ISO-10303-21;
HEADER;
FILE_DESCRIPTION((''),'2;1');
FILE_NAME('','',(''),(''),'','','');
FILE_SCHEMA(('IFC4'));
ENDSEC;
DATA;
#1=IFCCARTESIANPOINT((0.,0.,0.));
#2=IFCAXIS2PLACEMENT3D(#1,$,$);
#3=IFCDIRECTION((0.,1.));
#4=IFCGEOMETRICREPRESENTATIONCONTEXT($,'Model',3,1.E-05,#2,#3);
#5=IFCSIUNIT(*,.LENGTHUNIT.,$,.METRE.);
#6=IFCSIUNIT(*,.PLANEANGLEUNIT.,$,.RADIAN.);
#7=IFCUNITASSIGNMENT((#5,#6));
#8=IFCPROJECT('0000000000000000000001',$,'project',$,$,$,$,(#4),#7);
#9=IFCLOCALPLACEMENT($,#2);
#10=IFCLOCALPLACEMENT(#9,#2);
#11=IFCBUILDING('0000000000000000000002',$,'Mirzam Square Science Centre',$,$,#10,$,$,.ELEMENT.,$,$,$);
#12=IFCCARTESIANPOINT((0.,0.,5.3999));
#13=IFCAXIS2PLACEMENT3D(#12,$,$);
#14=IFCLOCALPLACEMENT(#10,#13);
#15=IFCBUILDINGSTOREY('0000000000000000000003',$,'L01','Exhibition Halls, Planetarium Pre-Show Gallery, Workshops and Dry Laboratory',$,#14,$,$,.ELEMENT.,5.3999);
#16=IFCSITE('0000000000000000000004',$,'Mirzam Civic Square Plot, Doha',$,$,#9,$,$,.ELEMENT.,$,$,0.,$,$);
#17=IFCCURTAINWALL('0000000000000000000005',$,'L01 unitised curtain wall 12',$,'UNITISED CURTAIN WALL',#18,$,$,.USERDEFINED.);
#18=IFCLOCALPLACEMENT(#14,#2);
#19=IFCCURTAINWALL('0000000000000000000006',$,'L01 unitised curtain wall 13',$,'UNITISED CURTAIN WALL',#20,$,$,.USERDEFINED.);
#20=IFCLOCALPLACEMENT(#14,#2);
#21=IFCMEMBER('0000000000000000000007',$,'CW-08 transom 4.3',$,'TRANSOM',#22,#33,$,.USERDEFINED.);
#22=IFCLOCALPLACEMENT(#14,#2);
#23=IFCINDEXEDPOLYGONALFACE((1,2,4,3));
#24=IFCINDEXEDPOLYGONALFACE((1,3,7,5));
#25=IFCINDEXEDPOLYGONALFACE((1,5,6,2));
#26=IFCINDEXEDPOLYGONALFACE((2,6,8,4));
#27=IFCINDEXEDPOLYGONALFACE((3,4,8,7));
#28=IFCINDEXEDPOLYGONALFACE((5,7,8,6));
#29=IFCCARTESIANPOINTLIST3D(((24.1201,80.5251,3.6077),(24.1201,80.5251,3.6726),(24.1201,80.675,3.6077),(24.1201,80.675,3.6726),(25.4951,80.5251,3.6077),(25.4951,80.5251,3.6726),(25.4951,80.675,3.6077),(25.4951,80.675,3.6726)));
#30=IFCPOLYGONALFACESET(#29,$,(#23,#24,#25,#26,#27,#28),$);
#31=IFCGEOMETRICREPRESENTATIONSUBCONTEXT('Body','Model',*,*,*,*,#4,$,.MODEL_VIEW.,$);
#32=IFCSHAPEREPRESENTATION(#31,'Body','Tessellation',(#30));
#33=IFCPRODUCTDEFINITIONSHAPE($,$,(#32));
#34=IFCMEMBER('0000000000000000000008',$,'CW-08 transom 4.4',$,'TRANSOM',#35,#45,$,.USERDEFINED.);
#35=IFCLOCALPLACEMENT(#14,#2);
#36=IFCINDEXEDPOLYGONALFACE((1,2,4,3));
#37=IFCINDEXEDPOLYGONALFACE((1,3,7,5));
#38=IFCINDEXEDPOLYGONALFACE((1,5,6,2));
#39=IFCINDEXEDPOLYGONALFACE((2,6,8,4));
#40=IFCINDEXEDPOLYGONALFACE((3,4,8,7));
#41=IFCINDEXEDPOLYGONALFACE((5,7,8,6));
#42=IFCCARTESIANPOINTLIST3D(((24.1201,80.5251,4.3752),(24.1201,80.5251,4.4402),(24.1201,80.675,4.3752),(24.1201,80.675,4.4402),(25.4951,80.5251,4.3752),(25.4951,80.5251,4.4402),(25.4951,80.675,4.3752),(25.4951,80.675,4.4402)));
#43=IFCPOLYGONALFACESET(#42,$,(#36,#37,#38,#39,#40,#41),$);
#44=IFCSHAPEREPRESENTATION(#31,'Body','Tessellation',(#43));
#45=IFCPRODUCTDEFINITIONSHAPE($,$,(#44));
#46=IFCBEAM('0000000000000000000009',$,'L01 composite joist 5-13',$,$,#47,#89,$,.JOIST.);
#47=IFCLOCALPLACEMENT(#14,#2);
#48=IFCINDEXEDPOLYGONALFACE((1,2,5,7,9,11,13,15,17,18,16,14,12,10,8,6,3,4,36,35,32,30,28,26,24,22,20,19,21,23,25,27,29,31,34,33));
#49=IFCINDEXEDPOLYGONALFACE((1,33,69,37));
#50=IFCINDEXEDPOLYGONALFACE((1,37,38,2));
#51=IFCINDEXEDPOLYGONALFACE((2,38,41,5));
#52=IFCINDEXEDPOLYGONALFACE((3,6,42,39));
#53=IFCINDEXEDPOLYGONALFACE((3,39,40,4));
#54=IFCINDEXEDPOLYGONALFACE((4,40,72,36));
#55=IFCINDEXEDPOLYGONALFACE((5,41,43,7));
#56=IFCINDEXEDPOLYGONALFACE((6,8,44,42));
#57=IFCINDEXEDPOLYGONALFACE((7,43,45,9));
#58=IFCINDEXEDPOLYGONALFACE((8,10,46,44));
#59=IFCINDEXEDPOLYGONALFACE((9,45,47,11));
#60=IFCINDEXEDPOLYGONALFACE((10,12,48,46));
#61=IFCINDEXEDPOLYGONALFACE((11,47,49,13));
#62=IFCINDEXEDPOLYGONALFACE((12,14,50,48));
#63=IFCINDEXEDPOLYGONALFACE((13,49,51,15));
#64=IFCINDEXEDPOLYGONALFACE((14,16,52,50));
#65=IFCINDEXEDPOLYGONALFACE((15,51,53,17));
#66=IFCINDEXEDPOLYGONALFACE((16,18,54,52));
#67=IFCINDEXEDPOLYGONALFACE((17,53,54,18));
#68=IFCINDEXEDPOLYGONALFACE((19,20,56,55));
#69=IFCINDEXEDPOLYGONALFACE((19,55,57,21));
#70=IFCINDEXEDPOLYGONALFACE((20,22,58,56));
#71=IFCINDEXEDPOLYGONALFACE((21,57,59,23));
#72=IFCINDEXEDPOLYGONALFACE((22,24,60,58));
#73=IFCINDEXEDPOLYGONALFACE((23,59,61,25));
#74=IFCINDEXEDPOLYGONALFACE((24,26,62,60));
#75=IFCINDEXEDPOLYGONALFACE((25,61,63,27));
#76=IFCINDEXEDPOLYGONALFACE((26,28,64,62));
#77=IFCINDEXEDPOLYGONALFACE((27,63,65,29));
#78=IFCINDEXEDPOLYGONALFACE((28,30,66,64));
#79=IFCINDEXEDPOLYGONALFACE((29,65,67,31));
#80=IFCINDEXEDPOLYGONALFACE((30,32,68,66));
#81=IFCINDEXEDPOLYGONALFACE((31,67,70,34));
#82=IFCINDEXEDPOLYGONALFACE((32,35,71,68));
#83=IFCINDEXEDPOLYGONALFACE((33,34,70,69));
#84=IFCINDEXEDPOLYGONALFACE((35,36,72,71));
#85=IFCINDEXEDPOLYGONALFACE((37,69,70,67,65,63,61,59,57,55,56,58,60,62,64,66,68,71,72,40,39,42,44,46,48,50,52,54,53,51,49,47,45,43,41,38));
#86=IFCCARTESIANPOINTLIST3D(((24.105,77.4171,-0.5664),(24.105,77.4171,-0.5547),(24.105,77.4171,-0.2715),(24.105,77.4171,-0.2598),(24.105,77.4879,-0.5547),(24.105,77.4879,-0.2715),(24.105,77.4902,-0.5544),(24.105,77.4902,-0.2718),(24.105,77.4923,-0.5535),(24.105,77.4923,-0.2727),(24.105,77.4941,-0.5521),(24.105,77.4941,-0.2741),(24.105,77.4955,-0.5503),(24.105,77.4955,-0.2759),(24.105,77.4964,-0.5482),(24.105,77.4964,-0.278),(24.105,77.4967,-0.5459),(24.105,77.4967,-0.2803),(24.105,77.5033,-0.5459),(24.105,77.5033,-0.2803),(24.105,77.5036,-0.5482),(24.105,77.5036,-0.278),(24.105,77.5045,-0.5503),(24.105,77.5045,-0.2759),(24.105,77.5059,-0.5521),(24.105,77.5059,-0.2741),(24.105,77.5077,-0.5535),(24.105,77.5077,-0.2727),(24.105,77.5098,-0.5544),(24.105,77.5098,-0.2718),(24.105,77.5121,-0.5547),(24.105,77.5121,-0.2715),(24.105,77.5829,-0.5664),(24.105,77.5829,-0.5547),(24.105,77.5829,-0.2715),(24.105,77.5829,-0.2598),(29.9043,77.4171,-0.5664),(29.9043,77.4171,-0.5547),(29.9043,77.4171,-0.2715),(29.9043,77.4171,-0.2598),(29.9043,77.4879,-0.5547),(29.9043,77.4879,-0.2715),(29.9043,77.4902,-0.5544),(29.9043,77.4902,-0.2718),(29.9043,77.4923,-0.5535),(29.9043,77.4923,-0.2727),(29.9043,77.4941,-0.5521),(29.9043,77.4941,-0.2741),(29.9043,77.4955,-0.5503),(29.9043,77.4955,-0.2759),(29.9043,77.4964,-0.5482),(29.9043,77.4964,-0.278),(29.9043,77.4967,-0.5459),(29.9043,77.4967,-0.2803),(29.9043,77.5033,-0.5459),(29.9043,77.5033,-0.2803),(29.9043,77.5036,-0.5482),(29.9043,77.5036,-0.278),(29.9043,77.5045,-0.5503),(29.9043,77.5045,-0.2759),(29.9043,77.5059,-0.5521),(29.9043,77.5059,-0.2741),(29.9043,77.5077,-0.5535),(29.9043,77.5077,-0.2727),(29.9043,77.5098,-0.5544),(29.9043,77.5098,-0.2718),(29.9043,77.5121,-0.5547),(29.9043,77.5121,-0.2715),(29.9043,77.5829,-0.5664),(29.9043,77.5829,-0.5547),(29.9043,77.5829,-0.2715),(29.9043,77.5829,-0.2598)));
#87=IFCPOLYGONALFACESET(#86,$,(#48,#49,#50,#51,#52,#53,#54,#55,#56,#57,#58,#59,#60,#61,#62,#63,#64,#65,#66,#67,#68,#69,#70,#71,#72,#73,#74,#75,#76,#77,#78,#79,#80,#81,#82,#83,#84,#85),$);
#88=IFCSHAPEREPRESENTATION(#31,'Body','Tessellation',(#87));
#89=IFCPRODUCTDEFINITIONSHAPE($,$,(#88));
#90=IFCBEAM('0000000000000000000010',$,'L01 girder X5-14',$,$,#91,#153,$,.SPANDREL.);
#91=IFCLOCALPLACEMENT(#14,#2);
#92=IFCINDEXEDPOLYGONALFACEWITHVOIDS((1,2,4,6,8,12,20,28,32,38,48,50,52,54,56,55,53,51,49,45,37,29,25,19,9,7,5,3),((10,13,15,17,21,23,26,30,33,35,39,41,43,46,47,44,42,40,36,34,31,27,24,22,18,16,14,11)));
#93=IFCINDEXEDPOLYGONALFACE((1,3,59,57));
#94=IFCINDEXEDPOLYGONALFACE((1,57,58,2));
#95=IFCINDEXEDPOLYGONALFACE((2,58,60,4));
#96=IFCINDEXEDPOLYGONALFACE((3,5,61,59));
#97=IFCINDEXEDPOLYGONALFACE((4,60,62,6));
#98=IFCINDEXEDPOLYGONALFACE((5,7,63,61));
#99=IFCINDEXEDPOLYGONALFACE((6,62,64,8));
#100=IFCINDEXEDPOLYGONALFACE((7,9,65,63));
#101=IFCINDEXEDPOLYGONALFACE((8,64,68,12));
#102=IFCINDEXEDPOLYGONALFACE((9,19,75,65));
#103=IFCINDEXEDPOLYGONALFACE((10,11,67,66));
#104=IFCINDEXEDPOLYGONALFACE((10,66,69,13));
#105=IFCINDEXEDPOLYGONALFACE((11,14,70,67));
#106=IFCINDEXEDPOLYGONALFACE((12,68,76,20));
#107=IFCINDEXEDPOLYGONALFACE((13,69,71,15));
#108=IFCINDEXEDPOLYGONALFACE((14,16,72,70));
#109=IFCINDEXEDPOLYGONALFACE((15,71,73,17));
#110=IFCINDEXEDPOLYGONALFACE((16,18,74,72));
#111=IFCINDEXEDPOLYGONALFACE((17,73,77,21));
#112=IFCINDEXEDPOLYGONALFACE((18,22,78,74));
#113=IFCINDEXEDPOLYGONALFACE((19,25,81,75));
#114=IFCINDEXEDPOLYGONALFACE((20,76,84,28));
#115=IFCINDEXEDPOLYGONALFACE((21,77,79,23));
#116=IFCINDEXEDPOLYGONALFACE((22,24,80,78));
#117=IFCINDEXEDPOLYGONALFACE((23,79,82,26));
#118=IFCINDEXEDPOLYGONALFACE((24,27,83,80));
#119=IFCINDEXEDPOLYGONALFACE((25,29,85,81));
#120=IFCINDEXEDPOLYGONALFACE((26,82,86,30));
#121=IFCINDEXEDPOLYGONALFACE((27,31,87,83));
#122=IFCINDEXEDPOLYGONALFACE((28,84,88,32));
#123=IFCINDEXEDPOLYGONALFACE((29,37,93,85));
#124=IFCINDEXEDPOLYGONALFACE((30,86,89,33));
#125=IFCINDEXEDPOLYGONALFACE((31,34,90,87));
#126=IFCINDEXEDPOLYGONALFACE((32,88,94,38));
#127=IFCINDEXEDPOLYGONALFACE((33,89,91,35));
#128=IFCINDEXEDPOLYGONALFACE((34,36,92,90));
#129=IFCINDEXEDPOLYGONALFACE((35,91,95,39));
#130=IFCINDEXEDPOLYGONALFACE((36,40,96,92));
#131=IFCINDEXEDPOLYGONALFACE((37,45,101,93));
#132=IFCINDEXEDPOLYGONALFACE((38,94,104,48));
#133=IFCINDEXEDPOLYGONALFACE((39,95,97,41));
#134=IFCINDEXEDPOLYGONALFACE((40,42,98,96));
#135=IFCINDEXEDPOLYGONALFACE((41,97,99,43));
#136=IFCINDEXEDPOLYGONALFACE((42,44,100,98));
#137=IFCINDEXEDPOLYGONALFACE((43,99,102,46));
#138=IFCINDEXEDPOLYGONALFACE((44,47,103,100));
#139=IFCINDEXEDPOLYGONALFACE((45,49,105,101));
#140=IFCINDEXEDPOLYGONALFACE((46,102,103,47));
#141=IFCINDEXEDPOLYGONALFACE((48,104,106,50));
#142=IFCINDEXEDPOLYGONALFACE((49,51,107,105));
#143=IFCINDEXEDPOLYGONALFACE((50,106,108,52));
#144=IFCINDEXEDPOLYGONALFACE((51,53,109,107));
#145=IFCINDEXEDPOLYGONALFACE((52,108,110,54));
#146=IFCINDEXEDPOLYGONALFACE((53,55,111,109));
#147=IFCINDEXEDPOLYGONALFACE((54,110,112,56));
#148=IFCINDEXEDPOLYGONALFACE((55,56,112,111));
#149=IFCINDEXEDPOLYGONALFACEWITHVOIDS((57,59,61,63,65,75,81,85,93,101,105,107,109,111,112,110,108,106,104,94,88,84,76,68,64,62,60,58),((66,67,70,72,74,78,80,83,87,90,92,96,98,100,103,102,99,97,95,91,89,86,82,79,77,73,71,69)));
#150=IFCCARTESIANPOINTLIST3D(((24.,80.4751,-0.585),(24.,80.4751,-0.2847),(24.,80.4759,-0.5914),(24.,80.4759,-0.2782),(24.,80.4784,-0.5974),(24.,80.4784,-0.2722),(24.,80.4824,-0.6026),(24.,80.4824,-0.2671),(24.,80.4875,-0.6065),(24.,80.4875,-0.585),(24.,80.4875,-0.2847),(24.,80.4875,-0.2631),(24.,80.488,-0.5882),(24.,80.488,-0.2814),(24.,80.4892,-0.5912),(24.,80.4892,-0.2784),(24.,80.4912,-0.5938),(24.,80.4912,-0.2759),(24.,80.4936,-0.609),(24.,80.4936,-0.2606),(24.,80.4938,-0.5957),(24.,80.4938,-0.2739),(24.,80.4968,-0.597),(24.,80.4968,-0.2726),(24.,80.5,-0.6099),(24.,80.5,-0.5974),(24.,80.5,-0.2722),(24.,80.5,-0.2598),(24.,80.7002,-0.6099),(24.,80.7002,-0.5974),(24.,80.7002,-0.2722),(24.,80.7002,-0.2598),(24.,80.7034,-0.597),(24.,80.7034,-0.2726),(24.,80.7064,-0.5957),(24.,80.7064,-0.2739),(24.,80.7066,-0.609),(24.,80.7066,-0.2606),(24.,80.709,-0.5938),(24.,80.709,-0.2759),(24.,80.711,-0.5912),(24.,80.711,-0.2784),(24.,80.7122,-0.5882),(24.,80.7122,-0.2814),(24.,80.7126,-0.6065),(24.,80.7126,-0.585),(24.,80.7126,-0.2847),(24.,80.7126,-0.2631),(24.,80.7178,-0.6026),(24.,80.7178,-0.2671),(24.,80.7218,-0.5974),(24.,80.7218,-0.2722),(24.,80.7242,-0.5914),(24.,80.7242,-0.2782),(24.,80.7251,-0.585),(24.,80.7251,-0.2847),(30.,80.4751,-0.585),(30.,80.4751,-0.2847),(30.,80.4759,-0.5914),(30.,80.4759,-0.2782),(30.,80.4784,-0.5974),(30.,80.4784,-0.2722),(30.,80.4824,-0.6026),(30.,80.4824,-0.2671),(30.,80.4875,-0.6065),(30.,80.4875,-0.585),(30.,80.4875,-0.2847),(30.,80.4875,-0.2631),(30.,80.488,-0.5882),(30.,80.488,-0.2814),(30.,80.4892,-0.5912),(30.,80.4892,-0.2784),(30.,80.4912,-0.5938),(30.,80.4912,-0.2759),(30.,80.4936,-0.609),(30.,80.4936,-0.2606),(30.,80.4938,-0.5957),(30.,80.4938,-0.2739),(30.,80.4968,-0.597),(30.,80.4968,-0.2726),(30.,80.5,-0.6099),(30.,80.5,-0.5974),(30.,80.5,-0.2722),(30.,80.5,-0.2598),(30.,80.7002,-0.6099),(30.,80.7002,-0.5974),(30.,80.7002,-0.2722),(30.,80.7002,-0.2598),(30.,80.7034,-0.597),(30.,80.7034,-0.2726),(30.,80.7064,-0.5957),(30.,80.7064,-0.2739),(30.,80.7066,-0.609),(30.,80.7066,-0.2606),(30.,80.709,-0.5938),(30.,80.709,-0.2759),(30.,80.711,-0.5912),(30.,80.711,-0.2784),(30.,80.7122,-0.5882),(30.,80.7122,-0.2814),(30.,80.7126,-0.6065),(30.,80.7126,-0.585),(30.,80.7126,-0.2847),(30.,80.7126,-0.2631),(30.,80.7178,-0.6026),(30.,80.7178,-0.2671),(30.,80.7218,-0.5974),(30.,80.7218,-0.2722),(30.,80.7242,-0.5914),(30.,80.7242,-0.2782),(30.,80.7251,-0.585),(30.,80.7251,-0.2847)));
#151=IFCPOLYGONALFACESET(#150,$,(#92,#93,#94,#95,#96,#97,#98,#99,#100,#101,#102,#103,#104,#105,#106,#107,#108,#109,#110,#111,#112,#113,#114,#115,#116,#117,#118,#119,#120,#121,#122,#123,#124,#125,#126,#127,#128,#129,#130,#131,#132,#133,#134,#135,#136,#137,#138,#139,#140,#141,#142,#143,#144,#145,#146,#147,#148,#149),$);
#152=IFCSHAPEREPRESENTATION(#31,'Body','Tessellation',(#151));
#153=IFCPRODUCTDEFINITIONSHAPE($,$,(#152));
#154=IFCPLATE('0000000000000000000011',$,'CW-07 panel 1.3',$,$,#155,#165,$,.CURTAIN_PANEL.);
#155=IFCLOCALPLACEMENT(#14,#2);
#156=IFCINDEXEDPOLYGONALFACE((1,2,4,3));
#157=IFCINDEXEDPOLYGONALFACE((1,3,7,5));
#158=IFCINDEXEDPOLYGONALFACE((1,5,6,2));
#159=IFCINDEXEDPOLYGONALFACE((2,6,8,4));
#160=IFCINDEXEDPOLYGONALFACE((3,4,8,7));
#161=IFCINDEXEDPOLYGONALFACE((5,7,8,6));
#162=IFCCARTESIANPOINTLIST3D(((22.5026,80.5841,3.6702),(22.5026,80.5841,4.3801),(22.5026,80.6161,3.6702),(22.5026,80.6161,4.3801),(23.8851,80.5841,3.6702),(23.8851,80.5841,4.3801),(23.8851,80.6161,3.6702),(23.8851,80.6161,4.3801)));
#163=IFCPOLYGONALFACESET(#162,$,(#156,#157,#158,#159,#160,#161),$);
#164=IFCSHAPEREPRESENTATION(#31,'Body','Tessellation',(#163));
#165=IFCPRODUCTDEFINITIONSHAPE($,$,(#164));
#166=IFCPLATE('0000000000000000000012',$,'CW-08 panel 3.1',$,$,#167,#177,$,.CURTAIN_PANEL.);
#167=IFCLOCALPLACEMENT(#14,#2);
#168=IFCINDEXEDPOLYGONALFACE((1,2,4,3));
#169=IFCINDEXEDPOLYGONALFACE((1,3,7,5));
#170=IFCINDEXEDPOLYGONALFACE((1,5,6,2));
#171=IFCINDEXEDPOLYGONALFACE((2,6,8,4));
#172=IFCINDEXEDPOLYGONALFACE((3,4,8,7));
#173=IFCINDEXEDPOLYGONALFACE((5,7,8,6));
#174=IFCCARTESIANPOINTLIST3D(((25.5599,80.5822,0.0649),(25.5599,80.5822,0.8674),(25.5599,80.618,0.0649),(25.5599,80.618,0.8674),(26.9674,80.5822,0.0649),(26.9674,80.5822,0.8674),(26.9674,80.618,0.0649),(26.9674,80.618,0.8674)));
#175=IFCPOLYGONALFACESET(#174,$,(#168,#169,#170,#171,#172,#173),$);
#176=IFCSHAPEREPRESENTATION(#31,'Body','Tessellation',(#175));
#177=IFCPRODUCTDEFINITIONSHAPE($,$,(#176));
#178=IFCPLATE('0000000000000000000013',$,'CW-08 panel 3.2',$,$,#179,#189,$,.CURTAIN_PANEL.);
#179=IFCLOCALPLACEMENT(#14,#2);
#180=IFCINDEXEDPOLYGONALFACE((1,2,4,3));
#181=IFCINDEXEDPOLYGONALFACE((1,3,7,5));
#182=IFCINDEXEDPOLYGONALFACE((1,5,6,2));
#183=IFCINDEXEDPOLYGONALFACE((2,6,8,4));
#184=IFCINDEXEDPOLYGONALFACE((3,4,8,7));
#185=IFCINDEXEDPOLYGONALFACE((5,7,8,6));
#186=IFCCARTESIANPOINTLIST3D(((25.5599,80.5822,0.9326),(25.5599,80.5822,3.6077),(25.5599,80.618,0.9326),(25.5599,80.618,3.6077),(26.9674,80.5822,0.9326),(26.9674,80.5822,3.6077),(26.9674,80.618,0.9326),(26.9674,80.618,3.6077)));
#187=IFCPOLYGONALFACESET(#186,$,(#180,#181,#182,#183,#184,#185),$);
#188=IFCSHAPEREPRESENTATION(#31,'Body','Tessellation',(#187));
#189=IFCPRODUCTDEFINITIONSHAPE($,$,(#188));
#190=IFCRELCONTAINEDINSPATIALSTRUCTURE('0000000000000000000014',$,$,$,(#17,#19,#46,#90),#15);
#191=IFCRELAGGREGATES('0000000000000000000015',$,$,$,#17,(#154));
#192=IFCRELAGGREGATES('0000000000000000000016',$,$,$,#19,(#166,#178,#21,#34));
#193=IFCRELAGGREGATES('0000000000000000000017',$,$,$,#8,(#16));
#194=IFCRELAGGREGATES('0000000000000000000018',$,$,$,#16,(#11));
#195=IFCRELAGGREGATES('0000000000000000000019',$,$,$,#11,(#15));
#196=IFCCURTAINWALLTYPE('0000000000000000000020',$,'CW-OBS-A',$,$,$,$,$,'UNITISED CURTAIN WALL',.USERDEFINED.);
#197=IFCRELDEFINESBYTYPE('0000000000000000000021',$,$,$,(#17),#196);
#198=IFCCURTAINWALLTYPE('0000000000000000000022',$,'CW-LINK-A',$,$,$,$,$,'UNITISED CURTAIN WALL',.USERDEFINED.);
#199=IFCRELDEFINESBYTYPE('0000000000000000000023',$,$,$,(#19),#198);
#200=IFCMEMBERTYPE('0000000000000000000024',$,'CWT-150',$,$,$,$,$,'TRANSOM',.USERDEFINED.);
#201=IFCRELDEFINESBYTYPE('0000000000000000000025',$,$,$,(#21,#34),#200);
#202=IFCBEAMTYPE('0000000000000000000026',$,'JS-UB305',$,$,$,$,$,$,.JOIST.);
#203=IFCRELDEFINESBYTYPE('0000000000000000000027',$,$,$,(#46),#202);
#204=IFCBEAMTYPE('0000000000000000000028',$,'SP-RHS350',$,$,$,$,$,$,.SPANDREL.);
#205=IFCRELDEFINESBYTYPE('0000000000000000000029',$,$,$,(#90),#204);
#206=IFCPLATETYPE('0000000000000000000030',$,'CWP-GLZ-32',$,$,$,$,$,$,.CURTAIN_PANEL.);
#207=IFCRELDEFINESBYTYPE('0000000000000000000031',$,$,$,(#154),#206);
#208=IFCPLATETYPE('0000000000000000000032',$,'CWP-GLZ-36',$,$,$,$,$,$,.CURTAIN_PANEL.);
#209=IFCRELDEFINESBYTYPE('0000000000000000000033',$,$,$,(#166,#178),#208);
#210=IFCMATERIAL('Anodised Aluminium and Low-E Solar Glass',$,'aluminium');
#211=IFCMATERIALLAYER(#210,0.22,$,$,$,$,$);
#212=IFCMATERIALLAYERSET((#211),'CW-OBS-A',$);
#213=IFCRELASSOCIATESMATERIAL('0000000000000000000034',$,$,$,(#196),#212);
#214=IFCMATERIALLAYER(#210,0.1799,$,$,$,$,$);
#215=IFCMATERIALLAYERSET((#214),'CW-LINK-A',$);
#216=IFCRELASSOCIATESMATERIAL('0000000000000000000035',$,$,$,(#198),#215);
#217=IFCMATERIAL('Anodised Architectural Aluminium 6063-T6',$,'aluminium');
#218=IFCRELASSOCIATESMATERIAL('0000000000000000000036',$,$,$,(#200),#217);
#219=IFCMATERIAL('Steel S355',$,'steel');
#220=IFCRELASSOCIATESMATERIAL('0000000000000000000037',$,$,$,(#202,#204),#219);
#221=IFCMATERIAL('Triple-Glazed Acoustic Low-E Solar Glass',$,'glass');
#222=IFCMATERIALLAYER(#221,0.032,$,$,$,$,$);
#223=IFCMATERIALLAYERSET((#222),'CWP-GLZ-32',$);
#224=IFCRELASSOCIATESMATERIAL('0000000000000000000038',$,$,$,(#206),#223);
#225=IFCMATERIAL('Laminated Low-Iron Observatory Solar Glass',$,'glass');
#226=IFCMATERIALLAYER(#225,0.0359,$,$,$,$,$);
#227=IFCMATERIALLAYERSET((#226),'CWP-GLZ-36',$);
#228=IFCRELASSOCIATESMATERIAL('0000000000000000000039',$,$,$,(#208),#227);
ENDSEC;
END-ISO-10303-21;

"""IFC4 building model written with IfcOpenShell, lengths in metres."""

from ifc_helpers import new_model, si_unit, direction, frame, origin, origin_2d, place, context, subcontext, project, spatial, rectangle, hollow_rectangle, i_section, extrude, material, layer, layer_set, material_profile, profile_set, type_object, element, aggregate, save


model = new_model("IFC4")

# Units and contexts
model_context = context("Model", 3, precision=1e-05, world=origin(), true_north=direction((0.0, 1.0)))
body_context = subcontext(model_context, "Body", "Model", "MODEL_VIEW")
ifc_project = project(units=[si_unit("LENGTHUNIT", "METRE"), si_unit("PLANEANGLEUNIT", "RADIAN")], contexts=[model_context])

# Site, building, storey
site_placement = place(None, origin())
site = spatial("IfcSite", under=ifc_project, at=site_placement, Name="Mirzam Civic Square Plot, Doha", CompositionType="ELEMENT", RefElevation=0.0)
building_placement = place(site_placement, origin())
building = spatial("IfcBuilding", under=site, at=building_placement, Name="Mirzam Square Science Centre", CompositionType="ELEMENT")
storey_placement = place(building_placement, frame((0.0, 0.0, 5.3999)))
storey = spatial("IfcBuildingStorey", under=building, at=storey_placement, Name="L01", Description="Exhibition Halls, Planetarium Pre-Show Gallery, Workshops and Dry Laboratory", CompositionType="ELEMENT", Elevation=5.3999)

# Shared definitions
ifc_material_1 = material(Name="Steel S355", Category="steel")

# Curtain wall
ifc_material_2 = material(Name="Anodised Aluminium and Low-E Solar Glass", Category="aluminium")
ifc_layer_1 = layer(ifc_material_2, 0.22)
ifc_layer_set_1 = layer_set([ifc_layer_1], Name="CW-OBS-A")
curtain_wall_type_1 = type_object("IfcCurtainWallType", Name="CW-OBS-A", ElementType="UNITISED CURTAIN WALL", PredefinedType="USERDEFINED", material=ifc_layer_set_1)
curtain_wall_1_placement = place(storey_placement, origin())
curtain_wall_1 = element("IfcCurtainWall", 1, at=curtain_wall_1_placement, inside=storey, type_object=curtain_wall_type_1, Name="L01 unitised curtain wall 12", ObjectType="UNITISED CURTAIN WALL", PredefinedType="USERDEFINED")
ifc_material_3 = material(Name="Anodised Architectural Aluminium 6063-T6", Category="aluminium")

# Curtain wall
ifc_layer_2 = layer(ifc_material_2, 0.1799)
ifc_layer_set_2 = layer_set([ifc_layer_2], Name="CW-LINK-A")
curtain_wall_type_2 = type_object("IfcCurtainWallType", Name="CW-LINK-A", ElementType="UNITISED CURTAIN WALL", PredefinedType="USERDEFINED", material=ifc_layer_set_2)
curtain_wall_2_placement = place(storey_placement, origin())
curtain_wall_2 = element("IfcCurtainWall", 2, at=curtain_wall_2_placement, inside=storey, type_object=curtain_wall_type_2, Name="L01 unitised curtain wall 13", ObjectType="UNITISED CURTAIN WALL", PredefinedType="USERDEFINED")

# Members
ifc_material_profile_1 = material_profile(ifc_material_3, rectangle(XDim=0.1499, YDim=0.0649, at=origin_2d()), Name="ALU-TRAN-150x65x4")
ifc_profile_set_1 = profile_set([ifc_material_profile_1], Name="Anodised Architectural Aluminium 6063-T6")
member_type_1 = type_object("IfcMemberType", Name="CWT-150", ElementType="TRANSOM", PredefinedType="USERDEFINED", material=ifc_profile_set_1)
member_1_placement = place(storey_placement, frame((25.4951, 80.6001, 3.6401), z_axis=(-1.0, 0.0, 0.0), x_axis=(0.0, -1.0, 0.0)))
member_1 = element("IfcMember", 3, at=member_1_placement, type_object=member_type_1, Name="CW-08 transom 4.3", ObjectType="TRANSOM", PredefinedType="USERDEFINED", context=body_context, shape_type="SweptSolid", body=[
    extrude(rectangle(XDim=0.1499, YDim=0.0649, at=origin_2d()), origin(), (0.0, 0.0, 1.0), 1.375),
])
member_2_placement = place(storey_placement, frame((25.4951, 80.6001, 4.4077), z_axis=(-1.0, 0.0, 0.0), x_axis=(0.0, -1.0, 0.0)))
member_2 = element("IfcMember", 4, at=member_2_placement, type_object=member_type_1, Name="CW-08 transom 4.4", ObjectType="TRANSOM", PredefinedType="USERDEFINED", context=body_context, shape_type="SweptSolid", body=[
    extrude(rectangle(XDim=0.1499, YDim=0.0649, at=origin_2d()), origin(), (0.0, 0.0, 1.0), 1.375),
])

# Beams
ifc_material_profile_2 = material_profile(ifc_material_1, i_section(OverallWidth=0.1658, OverallDepth=0.3066, WebThickness=0.0066, FlangeThickness=0.0117, FilletRadius=0.0088, at=origin_2d()), Name="305x165x46UB")
ifc_profile_set_2 = profile_set([ifc_material_profile_2], Name="Steel S355")
beam_type_1 = type_object("IfcBeamType", Name="JS-UB305", PredefinedType="JOIST", material=ifc_profile_set_2)
beam_1_placement = place(storey_placement, frame((24.105, 77.5, -0.4131), z_axis=(1.0, 0.0, 0.0), x_axis=(0.0, 1.0, 0.0)))
element("IfcBeam", 5, at=beam_1_placement, inside=storey, type_object=beam_type_1, Name="L01 composite joist 5-13", PredefinedType="JOIST", context=body_context, shape_type="SweptSolid", body=[
    extrude(i_section(OverallWidth=0.1658, OverallDepth=0.3066, WebThickness=0.0066, FlangeThickness=0.0117, FilletRadius=0.0088, at=origin_2d()), origin(), (0.0, 0.0, 1.0), 5.7993),
])
ifc_material_profile_3 = material_profile(ifc_material_1, hollow_rectangle(XDim=0.25, YDim=0.3501, WallThickness=0.0125, InnerFilletRadius=0.0125, OuterFilletRadius=0.0249, at=origin_2d()), Name="350x250x12.5RHS")
ifc_profile_set_3 = profile_set([ifc_material_profile_3], Name="Steel S355")
beam_type_2 = type_object("IfcBeamType", Name="SP-RHS350", PredefinedType="SPANDREL", material=ifc_profile_set_3)
beam_2_placement = place(storey_placement, frame((24.0, 80.6001, -0.4348), z_axis=(1.0, 0.0, 0.0), x_axis=(0.0, 1.0, 0.0)))
element("IfcBeam", 6, at=beam_2_placement, inside=storey, type_object=beam_type_2, Name="L01 girder X5-14", PredefinedType="SPANDREL", context=body_context, shape_type="SweptSolid", body=[
    extrude(hollow_rectangle(XDim=0.25, YDim=0.3501, WallThickness=0.0125, InnerFilletRadius=0.0125, OuterFilletRadius=0.0249, at=origin_2d()), origin(), (0.0, 0.0, 1.0), 6.0),
])

# Plates
ifc_material_4 = material(Name="Triple-Glazed Acoustic Low-E Solar Glass", Category="glass")
ifc_layer_3 = layer(ifc_material_4, 0.032)
ifc_layer_set_3 = layer_set([ifc_layer_3], Name="CWP-GLZ-32")
plate_type_1 = type_object("IfcPlateType", Name="CWP-GLZ-32", PredefinedType="CURTAIN_PANEL", material=ifc_layer_set_3)
plate_1_placement = place(storey_placement, frame((23.1938, 80.6001, 3.6702), z_axis=(0.0, 0.0, 1.0), x_axis=(-1.0, 0.0, 0.0)))
plate_1 = element("IfcPlate", 7, at=plate_1_placement, type_object=plate_type_1, Name="CW-07 panel 1.3", PredefinedType="CURTAIN_PANEL", context=body_context, shape_type="SweptSolid", body=[
    extrude(rectangle(XDim=1.3826, YDim=0.032, at=origin_2d()), origin(), (0.0, 0.0, 1.0), 0.71),
])
aggregate(curtain_wall_1, [plate_1])
ifc_material_5 = material(Name="Laminated Low-Iron Observatory Solar Glass", Category="glass")
ifc_layer_4 = layer(ifc_material_5, 0.0359)
ifc_layer_set_4 = layer_set([ifc_layer_4], Name="CWP-GLZ-36")
plate_type_2 = type_object("IfcPlateType", Name="CWP-GLZ-36", PredefinedType="CURTAIN_PANEL", material=ifc_layer_set_4)
plate_2_placement = place(storey_placement, frame((26.2637, 80.6001, 0.0649), z_axis=(0.0, 0.0, 1.0), x_axis=(-1.0, 0.0, 0.0)))
plate_2 = element("IfcPlate", 8, at=plate_2_placement, type_object=plate_type_2, Name="CW-08 panel 3.1", PredefinedType="CURTAIN_PANEL", context=body_context, shape_type="SweptSolid", body=[
    extrude(rectangle(XDim=1.4075, YDim=0.0359, at=origin_2d()), origin(), (0.0, 0.0, 1.0), 0.8025),
])
plate_3_placement = place(storey_placement, frame((26.2637, 80.6001, 0.9326), z_axis=(0.0, 0.0, 1.0), x_axis=(-1.0, 0.0, 0.0)))
plate_3 = element("IfcPlate", 9, at=plate_3_placement, type_object=plate_type_2, Name="CW-08 panel 3.2", PredefinedType="CURTAIN_PANEL", context=body_context, shape_type="SweptSolid", body=[
    extrude(rectangle(XDim=1.4075, YDim=0.0359, at=origin_2d()), origin(), (0.0, 0.0, 1.0), 2.675),
])
aggregate(curtain_wall_2, [plate_2, plate_3, member_1, member_2])

save(model, "model.ifc")
